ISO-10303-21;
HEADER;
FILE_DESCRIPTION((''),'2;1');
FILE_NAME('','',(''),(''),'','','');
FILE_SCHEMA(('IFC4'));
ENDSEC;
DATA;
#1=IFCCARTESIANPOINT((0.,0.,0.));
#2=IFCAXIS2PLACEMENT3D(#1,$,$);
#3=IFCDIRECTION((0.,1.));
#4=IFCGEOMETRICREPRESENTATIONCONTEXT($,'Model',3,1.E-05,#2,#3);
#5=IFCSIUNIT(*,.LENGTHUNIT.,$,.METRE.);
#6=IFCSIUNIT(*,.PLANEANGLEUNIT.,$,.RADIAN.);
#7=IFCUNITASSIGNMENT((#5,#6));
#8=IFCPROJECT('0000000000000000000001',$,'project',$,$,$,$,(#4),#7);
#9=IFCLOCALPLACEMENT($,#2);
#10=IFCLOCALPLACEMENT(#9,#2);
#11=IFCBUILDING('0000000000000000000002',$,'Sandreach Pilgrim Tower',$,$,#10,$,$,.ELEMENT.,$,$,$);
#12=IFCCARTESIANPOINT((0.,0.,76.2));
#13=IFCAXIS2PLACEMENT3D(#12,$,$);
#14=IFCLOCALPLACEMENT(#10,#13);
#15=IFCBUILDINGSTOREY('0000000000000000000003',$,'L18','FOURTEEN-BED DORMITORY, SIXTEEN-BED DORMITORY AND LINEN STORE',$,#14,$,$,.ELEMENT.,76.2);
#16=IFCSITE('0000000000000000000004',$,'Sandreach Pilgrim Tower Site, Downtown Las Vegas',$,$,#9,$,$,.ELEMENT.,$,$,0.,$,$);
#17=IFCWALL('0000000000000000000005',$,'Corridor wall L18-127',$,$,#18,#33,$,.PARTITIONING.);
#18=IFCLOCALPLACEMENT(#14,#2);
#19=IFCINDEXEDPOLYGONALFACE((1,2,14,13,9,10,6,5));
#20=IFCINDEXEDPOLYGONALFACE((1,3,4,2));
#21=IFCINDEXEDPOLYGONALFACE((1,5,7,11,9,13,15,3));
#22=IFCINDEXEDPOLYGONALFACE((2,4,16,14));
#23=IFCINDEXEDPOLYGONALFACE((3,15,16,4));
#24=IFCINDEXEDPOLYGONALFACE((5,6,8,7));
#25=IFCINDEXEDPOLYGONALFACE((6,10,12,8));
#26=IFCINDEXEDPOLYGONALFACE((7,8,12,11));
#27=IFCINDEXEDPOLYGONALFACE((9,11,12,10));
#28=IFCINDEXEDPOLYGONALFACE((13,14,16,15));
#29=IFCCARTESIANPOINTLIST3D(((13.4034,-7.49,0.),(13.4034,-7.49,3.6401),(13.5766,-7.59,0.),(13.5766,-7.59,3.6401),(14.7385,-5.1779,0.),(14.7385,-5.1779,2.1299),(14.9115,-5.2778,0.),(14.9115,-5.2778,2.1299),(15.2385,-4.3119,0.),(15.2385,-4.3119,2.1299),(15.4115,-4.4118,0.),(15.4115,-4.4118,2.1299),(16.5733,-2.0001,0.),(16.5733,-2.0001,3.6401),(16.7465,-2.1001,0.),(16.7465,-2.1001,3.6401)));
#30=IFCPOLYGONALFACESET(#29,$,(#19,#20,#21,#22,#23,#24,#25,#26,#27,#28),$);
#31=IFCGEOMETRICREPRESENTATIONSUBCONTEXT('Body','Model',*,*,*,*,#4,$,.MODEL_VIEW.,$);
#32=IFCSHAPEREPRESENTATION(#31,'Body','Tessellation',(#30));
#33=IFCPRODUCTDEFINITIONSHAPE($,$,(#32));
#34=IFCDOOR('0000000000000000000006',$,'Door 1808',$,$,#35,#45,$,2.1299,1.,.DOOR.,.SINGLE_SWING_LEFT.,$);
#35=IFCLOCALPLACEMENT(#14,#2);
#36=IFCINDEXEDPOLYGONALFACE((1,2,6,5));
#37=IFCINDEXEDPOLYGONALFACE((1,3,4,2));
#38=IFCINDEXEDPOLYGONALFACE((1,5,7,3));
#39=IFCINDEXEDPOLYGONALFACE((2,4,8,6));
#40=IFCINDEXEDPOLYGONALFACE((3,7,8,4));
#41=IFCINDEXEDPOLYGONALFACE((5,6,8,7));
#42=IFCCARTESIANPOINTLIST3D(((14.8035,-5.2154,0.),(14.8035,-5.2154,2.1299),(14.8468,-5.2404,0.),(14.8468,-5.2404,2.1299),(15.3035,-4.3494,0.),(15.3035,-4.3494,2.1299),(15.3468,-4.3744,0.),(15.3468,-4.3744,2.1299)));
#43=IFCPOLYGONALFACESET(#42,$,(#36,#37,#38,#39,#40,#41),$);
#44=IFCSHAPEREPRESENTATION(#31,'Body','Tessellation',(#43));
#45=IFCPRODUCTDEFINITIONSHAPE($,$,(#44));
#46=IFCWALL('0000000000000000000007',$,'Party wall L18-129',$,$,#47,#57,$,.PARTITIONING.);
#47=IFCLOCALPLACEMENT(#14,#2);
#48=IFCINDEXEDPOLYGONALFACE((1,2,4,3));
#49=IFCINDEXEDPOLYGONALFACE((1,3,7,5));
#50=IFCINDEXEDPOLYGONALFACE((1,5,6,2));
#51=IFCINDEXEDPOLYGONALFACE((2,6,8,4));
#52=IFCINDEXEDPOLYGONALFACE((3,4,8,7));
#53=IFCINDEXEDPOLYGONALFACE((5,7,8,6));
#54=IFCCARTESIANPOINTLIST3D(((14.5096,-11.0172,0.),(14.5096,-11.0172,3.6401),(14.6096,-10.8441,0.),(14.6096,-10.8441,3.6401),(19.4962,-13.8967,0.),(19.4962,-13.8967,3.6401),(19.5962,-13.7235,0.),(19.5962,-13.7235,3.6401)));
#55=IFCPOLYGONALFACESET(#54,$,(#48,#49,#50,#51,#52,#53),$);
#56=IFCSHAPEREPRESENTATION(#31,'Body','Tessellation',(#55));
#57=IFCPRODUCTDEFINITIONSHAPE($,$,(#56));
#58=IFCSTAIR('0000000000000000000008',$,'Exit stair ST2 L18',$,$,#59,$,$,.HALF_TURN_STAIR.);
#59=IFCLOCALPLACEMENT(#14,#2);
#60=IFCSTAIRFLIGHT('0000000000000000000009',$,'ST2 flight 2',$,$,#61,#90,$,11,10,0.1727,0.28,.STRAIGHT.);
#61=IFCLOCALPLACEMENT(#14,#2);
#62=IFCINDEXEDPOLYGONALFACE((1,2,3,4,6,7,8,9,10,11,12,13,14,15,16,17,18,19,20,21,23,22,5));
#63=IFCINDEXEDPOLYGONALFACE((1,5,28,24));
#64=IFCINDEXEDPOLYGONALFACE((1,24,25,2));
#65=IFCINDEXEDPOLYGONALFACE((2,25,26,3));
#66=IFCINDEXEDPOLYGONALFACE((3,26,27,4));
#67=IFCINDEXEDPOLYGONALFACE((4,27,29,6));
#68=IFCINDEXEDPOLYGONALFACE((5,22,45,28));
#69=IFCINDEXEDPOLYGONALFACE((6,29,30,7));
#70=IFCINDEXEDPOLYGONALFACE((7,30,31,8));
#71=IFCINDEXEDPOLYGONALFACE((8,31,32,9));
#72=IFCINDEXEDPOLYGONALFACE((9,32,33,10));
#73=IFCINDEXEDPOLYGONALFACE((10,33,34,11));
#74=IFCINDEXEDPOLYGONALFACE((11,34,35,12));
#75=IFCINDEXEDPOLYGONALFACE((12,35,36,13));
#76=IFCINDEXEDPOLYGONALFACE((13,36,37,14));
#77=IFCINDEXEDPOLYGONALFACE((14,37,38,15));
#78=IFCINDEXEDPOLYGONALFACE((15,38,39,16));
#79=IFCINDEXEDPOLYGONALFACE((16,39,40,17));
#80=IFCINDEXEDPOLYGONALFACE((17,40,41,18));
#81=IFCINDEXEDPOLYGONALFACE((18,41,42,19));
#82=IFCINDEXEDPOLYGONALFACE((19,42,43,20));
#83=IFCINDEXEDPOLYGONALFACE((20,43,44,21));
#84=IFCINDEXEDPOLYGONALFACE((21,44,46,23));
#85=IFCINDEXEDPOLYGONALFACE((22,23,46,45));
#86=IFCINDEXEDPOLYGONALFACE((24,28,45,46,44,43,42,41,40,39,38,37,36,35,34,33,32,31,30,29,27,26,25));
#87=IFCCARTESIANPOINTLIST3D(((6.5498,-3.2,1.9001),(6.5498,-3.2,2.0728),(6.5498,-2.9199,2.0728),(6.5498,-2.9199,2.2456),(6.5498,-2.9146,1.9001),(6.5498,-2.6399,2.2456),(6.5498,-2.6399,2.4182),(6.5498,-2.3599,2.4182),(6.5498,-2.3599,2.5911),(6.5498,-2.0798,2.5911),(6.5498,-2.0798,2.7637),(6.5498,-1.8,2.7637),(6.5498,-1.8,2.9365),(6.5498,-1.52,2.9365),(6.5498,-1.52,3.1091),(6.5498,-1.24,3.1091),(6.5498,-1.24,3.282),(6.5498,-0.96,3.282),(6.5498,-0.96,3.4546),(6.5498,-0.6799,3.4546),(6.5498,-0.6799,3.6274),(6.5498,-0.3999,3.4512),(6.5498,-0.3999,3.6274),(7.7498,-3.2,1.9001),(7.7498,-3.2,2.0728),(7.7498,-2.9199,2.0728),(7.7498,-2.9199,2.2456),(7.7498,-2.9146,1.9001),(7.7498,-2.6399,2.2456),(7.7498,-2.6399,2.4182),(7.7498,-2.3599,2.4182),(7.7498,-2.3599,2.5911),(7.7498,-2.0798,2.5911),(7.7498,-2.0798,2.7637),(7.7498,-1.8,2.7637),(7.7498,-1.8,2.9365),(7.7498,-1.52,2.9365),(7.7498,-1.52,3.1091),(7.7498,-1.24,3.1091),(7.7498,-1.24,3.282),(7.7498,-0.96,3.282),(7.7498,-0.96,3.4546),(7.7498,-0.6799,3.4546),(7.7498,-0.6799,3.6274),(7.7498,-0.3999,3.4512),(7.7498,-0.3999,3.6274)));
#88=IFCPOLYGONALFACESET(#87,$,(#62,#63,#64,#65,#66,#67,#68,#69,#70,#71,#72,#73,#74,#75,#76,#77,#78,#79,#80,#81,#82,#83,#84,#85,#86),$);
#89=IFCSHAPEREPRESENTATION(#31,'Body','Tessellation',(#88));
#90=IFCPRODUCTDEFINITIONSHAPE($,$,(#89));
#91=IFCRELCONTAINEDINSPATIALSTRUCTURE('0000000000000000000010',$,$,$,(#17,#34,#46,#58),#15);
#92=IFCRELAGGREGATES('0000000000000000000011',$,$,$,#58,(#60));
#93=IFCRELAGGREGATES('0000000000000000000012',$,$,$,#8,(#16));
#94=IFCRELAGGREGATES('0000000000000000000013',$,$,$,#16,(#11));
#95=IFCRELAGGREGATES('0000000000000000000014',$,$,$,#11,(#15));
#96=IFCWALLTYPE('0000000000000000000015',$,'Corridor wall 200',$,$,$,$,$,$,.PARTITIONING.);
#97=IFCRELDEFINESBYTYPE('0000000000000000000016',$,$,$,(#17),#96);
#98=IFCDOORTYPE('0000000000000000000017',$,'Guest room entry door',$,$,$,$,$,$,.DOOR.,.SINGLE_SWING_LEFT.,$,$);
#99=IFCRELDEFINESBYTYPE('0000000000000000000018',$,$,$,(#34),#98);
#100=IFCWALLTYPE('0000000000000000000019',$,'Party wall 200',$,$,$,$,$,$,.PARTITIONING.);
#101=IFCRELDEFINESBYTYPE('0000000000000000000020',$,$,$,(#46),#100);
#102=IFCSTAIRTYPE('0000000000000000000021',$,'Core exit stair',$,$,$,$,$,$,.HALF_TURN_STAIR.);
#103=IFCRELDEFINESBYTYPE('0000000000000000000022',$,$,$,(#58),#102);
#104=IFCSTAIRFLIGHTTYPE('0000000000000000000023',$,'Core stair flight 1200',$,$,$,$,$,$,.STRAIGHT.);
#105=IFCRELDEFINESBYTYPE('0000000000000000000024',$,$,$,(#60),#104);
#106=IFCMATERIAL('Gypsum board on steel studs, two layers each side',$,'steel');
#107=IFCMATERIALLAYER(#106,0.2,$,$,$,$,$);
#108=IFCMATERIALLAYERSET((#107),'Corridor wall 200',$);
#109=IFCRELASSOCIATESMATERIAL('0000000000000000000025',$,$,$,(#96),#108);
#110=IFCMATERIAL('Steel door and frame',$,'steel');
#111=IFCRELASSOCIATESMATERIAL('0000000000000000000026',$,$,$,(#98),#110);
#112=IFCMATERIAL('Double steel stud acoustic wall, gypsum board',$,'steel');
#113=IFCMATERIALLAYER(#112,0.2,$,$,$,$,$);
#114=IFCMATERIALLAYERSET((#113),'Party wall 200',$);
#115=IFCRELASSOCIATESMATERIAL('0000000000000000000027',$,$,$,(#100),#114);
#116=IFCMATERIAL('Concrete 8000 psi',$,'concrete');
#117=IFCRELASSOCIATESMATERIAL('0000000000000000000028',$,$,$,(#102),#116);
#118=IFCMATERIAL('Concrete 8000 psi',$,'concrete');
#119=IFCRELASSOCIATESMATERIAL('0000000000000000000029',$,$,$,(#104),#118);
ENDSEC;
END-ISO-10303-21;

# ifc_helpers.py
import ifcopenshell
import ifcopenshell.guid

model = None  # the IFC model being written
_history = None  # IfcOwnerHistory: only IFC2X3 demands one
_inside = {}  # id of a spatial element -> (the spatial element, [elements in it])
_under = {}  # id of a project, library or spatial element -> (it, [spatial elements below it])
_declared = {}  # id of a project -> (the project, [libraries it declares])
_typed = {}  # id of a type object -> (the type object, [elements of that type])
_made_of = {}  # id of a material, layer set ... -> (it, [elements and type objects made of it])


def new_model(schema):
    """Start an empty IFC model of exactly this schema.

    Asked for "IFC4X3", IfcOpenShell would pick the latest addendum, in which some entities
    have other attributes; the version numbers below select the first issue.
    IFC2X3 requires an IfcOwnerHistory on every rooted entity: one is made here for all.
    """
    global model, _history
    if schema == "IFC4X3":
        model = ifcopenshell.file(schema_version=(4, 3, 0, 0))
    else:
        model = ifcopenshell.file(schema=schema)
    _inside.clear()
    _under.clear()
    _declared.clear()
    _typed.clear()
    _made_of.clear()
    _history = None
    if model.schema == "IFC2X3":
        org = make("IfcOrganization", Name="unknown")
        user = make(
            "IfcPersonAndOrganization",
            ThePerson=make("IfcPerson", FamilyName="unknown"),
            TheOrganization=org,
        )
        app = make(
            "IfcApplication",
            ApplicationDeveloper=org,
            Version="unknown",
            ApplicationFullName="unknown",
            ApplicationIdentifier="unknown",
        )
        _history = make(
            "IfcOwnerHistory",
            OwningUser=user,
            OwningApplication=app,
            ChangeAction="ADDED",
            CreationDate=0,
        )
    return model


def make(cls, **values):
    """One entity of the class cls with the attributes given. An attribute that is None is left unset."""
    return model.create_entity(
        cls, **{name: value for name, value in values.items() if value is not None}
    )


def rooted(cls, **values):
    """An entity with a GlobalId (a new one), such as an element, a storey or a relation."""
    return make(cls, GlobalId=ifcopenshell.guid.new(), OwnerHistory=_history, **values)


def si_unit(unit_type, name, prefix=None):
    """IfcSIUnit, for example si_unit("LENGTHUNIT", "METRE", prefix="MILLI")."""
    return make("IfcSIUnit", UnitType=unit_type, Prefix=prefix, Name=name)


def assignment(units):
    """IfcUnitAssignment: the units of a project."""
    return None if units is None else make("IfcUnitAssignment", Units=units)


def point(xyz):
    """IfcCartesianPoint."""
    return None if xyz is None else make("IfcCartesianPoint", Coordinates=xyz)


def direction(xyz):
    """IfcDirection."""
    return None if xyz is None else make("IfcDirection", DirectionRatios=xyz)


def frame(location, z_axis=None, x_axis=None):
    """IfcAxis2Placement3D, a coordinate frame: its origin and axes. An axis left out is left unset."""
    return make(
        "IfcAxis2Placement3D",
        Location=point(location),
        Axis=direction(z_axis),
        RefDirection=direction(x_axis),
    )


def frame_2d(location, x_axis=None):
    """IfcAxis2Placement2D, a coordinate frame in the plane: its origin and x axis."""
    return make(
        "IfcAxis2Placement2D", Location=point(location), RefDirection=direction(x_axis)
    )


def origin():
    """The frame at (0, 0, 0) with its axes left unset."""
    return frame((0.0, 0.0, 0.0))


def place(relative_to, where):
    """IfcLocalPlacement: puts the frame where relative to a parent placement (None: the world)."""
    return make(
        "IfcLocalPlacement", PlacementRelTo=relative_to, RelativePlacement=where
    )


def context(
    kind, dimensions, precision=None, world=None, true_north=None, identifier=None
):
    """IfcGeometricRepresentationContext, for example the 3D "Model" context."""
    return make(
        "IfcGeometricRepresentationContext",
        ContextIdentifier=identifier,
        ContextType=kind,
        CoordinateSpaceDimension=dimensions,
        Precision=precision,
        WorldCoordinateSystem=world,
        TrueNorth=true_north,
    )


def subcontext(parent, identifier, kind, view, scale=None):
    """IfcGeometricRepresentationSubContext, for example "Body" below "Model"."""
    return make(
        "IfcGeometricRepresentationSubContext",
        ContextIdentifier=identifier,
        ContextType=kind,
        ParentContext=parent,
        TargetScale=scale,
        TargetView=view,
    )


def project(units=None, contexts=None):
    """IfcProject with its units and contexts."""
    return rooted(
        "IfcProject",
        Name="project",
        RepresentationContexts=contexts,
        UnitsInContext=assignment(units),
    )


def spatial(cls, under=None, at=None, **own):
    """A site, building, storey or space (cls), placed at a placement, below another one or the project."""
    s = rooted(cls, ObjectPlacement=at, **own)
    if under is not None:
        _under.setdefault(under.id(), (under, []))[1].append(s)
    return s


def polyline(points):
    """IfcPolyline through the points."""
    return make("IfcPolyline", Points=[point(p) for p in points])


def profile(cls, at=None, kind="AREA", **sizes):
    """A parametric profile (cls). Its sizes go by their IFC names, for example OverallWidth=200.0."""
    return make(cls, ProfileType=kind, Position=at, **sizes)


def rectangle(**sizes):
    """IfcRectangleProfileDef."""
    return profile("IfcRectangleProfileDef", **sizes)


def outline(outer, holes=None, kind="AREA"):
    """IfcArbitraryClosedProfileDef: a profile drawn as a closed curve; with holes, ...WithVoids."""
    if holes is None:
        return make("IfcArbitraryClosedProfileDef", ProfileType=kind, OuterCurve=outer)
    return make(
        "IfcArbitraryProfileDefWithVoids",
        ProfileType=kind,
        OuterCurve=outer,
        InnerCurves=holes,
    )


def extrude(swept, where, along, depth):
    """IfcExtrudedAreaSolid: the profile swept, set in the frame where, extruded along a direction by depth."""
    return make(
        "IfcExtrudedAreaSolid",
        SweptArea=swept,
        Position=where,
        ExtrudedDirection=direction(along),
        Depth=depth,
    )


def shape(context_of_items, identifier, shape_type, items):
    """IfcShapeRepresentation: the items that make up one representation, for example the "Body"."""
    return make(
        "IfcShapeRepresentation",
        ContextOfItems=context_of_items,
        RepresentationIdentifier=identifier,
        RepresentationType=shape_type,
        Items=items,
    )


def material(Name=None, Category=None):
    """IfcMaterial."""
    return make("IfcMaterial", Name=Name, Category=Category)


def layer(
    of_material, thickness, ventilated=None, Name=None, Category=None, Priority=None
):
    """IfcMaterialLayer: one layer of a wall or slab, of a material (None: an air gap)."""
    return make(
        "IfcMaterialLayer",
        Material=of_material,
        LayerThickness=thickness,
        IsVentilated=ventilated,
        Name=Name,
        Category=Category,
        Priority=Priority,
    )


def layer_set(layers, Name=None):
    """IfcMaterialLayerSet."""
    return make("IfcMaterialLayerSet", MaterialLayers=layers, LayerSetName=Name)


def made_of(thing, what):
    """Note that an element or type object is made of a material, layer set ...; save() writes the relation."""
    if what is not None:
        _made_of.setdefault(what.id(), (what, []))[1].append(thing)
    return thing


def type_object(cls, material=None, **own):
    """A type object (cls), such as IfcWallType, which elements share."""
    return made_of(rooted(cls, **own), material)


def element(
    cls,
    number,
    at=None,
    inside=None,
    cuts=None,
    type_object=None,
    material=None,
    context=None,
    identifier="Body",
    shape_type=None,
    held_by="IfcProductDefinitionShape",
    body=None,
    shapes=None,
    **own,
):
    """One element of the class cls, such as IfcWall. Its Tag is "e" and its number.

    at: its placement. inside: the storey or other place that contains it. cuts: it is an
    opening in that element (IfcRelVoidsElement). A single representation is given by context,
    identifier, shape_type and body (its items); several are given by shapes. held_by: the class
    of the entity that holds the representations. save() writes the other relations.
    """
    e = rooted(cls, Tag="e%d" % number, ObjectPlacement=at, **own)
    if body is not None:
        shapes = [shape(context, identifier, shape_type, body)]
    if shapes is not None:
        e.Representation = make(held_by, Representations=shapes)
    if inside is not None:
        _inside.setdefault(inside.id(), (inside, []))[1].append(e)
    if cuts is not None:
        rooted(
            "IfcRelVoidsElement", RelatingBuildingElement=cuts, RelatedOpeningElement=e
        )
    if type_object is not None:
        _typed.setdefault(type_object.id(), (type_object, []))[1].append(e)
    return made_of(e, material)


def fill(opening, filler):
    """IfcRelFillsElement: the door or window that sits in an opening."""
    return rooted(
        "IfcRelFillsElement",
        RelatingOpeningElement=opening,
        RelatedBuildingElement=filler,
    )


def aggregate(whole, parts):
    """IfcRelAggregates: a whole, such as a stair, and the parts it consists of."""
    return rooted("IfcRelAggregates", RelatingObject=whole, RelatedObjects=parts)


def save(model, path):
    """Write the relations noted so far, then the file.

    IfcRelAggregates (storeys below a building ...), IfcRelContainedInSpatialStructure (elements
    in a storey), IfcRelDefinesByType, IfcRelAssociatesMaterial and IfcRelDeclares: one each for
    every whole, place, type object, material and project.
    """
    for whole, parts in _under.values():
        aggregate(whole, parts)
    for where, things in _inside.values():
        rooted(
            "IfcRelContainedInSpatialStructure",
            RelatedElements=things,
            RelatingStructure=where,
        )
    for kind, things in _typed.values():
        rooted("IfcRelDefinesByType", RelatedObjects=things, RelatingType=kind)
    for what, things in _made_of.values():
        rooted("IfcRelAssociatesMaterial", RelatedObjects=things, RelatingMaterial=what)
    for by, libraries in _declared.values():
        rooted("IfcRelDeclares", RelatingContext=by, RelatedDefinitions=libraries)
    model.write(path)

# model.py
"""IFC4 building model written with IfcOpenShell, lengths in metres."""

from ifc_helpers import new_model, si_unit, direction, frame, frame_2d, origin, place, context, subcontext, project, spatial, polyline, rectangle, outline, extrude, material, layer, layer_set, type_object, element, fill, aggregate, save


model = new_model("IFC4")

# Units and contexts
model_context = context("Model", 3, precision=1e-05, world=origin(), true_north=direction((0.0, 1.0)))
body_context = subcontext(model_context, "Body", "Model", "MODEL_VIEW")
ifc_project = project(units=[si_unit("LENGTHUNIT", "METRE"), si_unit("PLANEANGLEUNIT", "RADIAN")], contexts=[model_context])

# Site, building, storey
site_placement = place(None, origin())
site = spatial("IfcSite", under=ifc_project, at=site_placement, Name="Sandreach Pilgrim Tower Site, Downtown Las Vegas", CompositionType="ELEMENT", RefElevation=0.0)
building_placement = place(site_placement, origin())
building = spatial("IfcBuilding", under=site, at=building_placement, Name="Sandreach Pilgrim Tower", CompositionType="ELEMENT")
storey_placement = place(building_placement, frame((0.0, 0.0, 76.2)))
storey = spatial("IfcBuildingStorey", under=building, at=storey_placement, Name="L18", Description="FOURTEEN-BED DORMITORY, SIXTEEN-BED DORMITORY AND LINEN STORE", CompositionType="ELEMENT", Elevation=76.2)

# Wall, opening, door
ifc_material_1 = material(Name="Gypsum board on steel studs, two layers each side", Category="steel")
ifc_layer_1 = layer(ifc_material_1, 0.2)
ifc_layer_set_1 = layer_set([ifc_layer_1], Name="Corridor wall 200")
wall_type_1 = type_object("IfcWallType", Name="Corridor wall 200", PredefinedType="PARTITIONING", material=ifc_layer_set_1)
ifc_material_2 = material(Name="Steel door and frame", Category="steel")
door_type_1 = type_object("IfcDoorType", Name="Guest room entry door", OperationType="SINGLE_SWING_LEFT", PredefinedType="DOOR", material=ifc_material_2)
wall_1_placement = place(storey_placement, frame((13.49, -7.54, 0.0), z_axis=(0.0, 0.0, 1.0), x_axis=(0.500032, 0.866007, 0.0)))
wall_1 = element("IfcWall", 1, at=wall_1_placement, inside=storey, type_object=wall_type_1, Name="Corridor wall L18-127", PredefinedType="PARTITIONING", context=body_context, shape_type="SweptSolid", body=[
    extrude(rectangle(XDim=6.3394, YDim=0.2, at=frame_2d((3.1697, 0.0))), origin(), (0.0, 0.0, 1.0), 3.6401),
])
opening_1_placement = place(wall_1_placement, frame((2.6699, 0.0, 0.0)))
opening_1 = element("IfcOpeningElement", 2, at=opening_1_placement, cuts=wall_1, PredefinedType="OPENING", context=body_context, shape_type="SweptSolid", body=[
    extrude(rectangle(XDim=1.0, YDim=2.1299, at=frame_2d((0.5, 1.0649))), frame((0.0, 0.1001, 0.0), z_axis=(0.0, -1.0, 0.0), x_axis=(1.0, 0.0, 0.0)), (0.0, 0.0, 1.0), 0.2),
])
door_1_placement = place(opening_1_placement, origin())
door_1 = element("IfcDoor", 3, at=door_1_placement, inside=storey, type_object=door_type_1, Name="Door 1808", OperationType="SINGLE_SWING_LEFT", OverallHeight=2.1299, OverallWidth=1.0, PredefinedType="DOOR", context=body_context, shape_type="SweptSolid", body=[
    extrude(rectangle(XDim=1.0, YDim=2.1299, at=frame_2d((0.5, 1.0649))), frame((0.0, 0.0249, 0.0), z_axis=(0.0, -1.0, 0.0), x_axis=(1.0, 0.0, 0.0)), (0.0, 0.0, 1.0), 0.05),
])
fill(opening_1, door_1)

# Wall
ifc_material_3 = material(Name="Double steel stud acoustic wall, gypsum board", Category="steel")
ifc_layer_2 = layer(ifc_material_3, 0.2)
ifc_layer_set_2 = layer_set([ifc_layer_2], Name="Party wall 200")
wall_type_2 = type_object("IfcWallType", Name="Party wall 200", PredefinedType="PARTITIONING", material=ifc_layer_set_2)
wall_2_placement = place(storey_placement, frame((14.5596, -10.9307, 0.0), z_axis=(0.0, 0.0, 1.0), x_axis=(0.865996, -0.500052, 0.0)))
element("IfcWall", 4, at=wall_2_placement, inside=storey, type_object=wall_type_2, Name="Party wall L18-129", PredefinedType="PARTITIONING", context=body_context, shape_type="SweptSolid", body=[
    extrude(rectangle(XDim=5.7583, YDim=0.2, at=frame_2d((2.8792, 0.0))), origin(), (0.0, 0.0, 1.0), 3.6401),
])

# Stair, stair flight
ifc_material_4 = material(Name="Concrete 8000 psi", Category="concrete")
stair_type = type_object("IfcStairType", Name="Core exit stair", PredefinedType="HALF_TURN_STAIR", material=ifc_material_4)
stair_placement = place(storey_placement, origin())
stair = element("IfcStair", 5, at=stair_placement, inside=storey, type_object=stair_type, Name="Exit stair ST2 L18", PredefinedType="HALF_TURN_STAIR")
ifc_material_5 = material(Name="Concrete 8000 psi", Category="concrete")
stair_flight_type = type_object("IfcStairFlightType", Name="Core stair flight 1200", PredefinedType="STRAIGHT", material=ifc_material_5)
stair_flight_placement = place(storey_placement, frame((7.1499, -3.2, 1.9001), z_axis=(0.0, 0.0, 1.0), x_axis=(0.0, 1.0, 0.0)))
stair_flight = element("IfcStairFlight", 6, at=stair_flight_placement, type_object=stair_flight_type, Name="ST2 flight 2", NumberOfRisers=11, NumberOfTreads=10, PredefinedType="STRAIGHT", RiserHeight=0.1727, TreadLength=0.28, context=body_context, shape_type="SweptSolid", body=[
    extrude(outline(polyline([(0.0, 0.0), (0.0, 0.1726), (0.28, 0.1726), (0.28, 0.3455), (0.5601, 0.3455), (0.5601, 0.5181), (0.8401, 0.5181), (0.8401, 0.6909), (1.1201, 0.6909), (1.1201, 0.8635), (1.3999, 0.8635), (1.3999, 1.0364), (1.6799, 1.0364), (1.6799, 1.209), (1.96, 1.209), (1.96, 1.3818), (2.24, 1.3818), (2.24, 1.5544), (2.52, 1.5544), (2.52, 1.7273), (2.8, 1.7273), (2.8, 1.8999), (2.8, 1.551), (0.2854, 0.0), (0.0, 0.0)])), frame((0.0, 0.6001, 0.0), z_axis=(0.0, -1.0, 0.0), x_axis=(1.0, 0.0, 0.0)), (0.0, 0.0, 1.0), 1.2),
])
aggregate(stair, [stair_flight])

save(model, "model.ifc")
